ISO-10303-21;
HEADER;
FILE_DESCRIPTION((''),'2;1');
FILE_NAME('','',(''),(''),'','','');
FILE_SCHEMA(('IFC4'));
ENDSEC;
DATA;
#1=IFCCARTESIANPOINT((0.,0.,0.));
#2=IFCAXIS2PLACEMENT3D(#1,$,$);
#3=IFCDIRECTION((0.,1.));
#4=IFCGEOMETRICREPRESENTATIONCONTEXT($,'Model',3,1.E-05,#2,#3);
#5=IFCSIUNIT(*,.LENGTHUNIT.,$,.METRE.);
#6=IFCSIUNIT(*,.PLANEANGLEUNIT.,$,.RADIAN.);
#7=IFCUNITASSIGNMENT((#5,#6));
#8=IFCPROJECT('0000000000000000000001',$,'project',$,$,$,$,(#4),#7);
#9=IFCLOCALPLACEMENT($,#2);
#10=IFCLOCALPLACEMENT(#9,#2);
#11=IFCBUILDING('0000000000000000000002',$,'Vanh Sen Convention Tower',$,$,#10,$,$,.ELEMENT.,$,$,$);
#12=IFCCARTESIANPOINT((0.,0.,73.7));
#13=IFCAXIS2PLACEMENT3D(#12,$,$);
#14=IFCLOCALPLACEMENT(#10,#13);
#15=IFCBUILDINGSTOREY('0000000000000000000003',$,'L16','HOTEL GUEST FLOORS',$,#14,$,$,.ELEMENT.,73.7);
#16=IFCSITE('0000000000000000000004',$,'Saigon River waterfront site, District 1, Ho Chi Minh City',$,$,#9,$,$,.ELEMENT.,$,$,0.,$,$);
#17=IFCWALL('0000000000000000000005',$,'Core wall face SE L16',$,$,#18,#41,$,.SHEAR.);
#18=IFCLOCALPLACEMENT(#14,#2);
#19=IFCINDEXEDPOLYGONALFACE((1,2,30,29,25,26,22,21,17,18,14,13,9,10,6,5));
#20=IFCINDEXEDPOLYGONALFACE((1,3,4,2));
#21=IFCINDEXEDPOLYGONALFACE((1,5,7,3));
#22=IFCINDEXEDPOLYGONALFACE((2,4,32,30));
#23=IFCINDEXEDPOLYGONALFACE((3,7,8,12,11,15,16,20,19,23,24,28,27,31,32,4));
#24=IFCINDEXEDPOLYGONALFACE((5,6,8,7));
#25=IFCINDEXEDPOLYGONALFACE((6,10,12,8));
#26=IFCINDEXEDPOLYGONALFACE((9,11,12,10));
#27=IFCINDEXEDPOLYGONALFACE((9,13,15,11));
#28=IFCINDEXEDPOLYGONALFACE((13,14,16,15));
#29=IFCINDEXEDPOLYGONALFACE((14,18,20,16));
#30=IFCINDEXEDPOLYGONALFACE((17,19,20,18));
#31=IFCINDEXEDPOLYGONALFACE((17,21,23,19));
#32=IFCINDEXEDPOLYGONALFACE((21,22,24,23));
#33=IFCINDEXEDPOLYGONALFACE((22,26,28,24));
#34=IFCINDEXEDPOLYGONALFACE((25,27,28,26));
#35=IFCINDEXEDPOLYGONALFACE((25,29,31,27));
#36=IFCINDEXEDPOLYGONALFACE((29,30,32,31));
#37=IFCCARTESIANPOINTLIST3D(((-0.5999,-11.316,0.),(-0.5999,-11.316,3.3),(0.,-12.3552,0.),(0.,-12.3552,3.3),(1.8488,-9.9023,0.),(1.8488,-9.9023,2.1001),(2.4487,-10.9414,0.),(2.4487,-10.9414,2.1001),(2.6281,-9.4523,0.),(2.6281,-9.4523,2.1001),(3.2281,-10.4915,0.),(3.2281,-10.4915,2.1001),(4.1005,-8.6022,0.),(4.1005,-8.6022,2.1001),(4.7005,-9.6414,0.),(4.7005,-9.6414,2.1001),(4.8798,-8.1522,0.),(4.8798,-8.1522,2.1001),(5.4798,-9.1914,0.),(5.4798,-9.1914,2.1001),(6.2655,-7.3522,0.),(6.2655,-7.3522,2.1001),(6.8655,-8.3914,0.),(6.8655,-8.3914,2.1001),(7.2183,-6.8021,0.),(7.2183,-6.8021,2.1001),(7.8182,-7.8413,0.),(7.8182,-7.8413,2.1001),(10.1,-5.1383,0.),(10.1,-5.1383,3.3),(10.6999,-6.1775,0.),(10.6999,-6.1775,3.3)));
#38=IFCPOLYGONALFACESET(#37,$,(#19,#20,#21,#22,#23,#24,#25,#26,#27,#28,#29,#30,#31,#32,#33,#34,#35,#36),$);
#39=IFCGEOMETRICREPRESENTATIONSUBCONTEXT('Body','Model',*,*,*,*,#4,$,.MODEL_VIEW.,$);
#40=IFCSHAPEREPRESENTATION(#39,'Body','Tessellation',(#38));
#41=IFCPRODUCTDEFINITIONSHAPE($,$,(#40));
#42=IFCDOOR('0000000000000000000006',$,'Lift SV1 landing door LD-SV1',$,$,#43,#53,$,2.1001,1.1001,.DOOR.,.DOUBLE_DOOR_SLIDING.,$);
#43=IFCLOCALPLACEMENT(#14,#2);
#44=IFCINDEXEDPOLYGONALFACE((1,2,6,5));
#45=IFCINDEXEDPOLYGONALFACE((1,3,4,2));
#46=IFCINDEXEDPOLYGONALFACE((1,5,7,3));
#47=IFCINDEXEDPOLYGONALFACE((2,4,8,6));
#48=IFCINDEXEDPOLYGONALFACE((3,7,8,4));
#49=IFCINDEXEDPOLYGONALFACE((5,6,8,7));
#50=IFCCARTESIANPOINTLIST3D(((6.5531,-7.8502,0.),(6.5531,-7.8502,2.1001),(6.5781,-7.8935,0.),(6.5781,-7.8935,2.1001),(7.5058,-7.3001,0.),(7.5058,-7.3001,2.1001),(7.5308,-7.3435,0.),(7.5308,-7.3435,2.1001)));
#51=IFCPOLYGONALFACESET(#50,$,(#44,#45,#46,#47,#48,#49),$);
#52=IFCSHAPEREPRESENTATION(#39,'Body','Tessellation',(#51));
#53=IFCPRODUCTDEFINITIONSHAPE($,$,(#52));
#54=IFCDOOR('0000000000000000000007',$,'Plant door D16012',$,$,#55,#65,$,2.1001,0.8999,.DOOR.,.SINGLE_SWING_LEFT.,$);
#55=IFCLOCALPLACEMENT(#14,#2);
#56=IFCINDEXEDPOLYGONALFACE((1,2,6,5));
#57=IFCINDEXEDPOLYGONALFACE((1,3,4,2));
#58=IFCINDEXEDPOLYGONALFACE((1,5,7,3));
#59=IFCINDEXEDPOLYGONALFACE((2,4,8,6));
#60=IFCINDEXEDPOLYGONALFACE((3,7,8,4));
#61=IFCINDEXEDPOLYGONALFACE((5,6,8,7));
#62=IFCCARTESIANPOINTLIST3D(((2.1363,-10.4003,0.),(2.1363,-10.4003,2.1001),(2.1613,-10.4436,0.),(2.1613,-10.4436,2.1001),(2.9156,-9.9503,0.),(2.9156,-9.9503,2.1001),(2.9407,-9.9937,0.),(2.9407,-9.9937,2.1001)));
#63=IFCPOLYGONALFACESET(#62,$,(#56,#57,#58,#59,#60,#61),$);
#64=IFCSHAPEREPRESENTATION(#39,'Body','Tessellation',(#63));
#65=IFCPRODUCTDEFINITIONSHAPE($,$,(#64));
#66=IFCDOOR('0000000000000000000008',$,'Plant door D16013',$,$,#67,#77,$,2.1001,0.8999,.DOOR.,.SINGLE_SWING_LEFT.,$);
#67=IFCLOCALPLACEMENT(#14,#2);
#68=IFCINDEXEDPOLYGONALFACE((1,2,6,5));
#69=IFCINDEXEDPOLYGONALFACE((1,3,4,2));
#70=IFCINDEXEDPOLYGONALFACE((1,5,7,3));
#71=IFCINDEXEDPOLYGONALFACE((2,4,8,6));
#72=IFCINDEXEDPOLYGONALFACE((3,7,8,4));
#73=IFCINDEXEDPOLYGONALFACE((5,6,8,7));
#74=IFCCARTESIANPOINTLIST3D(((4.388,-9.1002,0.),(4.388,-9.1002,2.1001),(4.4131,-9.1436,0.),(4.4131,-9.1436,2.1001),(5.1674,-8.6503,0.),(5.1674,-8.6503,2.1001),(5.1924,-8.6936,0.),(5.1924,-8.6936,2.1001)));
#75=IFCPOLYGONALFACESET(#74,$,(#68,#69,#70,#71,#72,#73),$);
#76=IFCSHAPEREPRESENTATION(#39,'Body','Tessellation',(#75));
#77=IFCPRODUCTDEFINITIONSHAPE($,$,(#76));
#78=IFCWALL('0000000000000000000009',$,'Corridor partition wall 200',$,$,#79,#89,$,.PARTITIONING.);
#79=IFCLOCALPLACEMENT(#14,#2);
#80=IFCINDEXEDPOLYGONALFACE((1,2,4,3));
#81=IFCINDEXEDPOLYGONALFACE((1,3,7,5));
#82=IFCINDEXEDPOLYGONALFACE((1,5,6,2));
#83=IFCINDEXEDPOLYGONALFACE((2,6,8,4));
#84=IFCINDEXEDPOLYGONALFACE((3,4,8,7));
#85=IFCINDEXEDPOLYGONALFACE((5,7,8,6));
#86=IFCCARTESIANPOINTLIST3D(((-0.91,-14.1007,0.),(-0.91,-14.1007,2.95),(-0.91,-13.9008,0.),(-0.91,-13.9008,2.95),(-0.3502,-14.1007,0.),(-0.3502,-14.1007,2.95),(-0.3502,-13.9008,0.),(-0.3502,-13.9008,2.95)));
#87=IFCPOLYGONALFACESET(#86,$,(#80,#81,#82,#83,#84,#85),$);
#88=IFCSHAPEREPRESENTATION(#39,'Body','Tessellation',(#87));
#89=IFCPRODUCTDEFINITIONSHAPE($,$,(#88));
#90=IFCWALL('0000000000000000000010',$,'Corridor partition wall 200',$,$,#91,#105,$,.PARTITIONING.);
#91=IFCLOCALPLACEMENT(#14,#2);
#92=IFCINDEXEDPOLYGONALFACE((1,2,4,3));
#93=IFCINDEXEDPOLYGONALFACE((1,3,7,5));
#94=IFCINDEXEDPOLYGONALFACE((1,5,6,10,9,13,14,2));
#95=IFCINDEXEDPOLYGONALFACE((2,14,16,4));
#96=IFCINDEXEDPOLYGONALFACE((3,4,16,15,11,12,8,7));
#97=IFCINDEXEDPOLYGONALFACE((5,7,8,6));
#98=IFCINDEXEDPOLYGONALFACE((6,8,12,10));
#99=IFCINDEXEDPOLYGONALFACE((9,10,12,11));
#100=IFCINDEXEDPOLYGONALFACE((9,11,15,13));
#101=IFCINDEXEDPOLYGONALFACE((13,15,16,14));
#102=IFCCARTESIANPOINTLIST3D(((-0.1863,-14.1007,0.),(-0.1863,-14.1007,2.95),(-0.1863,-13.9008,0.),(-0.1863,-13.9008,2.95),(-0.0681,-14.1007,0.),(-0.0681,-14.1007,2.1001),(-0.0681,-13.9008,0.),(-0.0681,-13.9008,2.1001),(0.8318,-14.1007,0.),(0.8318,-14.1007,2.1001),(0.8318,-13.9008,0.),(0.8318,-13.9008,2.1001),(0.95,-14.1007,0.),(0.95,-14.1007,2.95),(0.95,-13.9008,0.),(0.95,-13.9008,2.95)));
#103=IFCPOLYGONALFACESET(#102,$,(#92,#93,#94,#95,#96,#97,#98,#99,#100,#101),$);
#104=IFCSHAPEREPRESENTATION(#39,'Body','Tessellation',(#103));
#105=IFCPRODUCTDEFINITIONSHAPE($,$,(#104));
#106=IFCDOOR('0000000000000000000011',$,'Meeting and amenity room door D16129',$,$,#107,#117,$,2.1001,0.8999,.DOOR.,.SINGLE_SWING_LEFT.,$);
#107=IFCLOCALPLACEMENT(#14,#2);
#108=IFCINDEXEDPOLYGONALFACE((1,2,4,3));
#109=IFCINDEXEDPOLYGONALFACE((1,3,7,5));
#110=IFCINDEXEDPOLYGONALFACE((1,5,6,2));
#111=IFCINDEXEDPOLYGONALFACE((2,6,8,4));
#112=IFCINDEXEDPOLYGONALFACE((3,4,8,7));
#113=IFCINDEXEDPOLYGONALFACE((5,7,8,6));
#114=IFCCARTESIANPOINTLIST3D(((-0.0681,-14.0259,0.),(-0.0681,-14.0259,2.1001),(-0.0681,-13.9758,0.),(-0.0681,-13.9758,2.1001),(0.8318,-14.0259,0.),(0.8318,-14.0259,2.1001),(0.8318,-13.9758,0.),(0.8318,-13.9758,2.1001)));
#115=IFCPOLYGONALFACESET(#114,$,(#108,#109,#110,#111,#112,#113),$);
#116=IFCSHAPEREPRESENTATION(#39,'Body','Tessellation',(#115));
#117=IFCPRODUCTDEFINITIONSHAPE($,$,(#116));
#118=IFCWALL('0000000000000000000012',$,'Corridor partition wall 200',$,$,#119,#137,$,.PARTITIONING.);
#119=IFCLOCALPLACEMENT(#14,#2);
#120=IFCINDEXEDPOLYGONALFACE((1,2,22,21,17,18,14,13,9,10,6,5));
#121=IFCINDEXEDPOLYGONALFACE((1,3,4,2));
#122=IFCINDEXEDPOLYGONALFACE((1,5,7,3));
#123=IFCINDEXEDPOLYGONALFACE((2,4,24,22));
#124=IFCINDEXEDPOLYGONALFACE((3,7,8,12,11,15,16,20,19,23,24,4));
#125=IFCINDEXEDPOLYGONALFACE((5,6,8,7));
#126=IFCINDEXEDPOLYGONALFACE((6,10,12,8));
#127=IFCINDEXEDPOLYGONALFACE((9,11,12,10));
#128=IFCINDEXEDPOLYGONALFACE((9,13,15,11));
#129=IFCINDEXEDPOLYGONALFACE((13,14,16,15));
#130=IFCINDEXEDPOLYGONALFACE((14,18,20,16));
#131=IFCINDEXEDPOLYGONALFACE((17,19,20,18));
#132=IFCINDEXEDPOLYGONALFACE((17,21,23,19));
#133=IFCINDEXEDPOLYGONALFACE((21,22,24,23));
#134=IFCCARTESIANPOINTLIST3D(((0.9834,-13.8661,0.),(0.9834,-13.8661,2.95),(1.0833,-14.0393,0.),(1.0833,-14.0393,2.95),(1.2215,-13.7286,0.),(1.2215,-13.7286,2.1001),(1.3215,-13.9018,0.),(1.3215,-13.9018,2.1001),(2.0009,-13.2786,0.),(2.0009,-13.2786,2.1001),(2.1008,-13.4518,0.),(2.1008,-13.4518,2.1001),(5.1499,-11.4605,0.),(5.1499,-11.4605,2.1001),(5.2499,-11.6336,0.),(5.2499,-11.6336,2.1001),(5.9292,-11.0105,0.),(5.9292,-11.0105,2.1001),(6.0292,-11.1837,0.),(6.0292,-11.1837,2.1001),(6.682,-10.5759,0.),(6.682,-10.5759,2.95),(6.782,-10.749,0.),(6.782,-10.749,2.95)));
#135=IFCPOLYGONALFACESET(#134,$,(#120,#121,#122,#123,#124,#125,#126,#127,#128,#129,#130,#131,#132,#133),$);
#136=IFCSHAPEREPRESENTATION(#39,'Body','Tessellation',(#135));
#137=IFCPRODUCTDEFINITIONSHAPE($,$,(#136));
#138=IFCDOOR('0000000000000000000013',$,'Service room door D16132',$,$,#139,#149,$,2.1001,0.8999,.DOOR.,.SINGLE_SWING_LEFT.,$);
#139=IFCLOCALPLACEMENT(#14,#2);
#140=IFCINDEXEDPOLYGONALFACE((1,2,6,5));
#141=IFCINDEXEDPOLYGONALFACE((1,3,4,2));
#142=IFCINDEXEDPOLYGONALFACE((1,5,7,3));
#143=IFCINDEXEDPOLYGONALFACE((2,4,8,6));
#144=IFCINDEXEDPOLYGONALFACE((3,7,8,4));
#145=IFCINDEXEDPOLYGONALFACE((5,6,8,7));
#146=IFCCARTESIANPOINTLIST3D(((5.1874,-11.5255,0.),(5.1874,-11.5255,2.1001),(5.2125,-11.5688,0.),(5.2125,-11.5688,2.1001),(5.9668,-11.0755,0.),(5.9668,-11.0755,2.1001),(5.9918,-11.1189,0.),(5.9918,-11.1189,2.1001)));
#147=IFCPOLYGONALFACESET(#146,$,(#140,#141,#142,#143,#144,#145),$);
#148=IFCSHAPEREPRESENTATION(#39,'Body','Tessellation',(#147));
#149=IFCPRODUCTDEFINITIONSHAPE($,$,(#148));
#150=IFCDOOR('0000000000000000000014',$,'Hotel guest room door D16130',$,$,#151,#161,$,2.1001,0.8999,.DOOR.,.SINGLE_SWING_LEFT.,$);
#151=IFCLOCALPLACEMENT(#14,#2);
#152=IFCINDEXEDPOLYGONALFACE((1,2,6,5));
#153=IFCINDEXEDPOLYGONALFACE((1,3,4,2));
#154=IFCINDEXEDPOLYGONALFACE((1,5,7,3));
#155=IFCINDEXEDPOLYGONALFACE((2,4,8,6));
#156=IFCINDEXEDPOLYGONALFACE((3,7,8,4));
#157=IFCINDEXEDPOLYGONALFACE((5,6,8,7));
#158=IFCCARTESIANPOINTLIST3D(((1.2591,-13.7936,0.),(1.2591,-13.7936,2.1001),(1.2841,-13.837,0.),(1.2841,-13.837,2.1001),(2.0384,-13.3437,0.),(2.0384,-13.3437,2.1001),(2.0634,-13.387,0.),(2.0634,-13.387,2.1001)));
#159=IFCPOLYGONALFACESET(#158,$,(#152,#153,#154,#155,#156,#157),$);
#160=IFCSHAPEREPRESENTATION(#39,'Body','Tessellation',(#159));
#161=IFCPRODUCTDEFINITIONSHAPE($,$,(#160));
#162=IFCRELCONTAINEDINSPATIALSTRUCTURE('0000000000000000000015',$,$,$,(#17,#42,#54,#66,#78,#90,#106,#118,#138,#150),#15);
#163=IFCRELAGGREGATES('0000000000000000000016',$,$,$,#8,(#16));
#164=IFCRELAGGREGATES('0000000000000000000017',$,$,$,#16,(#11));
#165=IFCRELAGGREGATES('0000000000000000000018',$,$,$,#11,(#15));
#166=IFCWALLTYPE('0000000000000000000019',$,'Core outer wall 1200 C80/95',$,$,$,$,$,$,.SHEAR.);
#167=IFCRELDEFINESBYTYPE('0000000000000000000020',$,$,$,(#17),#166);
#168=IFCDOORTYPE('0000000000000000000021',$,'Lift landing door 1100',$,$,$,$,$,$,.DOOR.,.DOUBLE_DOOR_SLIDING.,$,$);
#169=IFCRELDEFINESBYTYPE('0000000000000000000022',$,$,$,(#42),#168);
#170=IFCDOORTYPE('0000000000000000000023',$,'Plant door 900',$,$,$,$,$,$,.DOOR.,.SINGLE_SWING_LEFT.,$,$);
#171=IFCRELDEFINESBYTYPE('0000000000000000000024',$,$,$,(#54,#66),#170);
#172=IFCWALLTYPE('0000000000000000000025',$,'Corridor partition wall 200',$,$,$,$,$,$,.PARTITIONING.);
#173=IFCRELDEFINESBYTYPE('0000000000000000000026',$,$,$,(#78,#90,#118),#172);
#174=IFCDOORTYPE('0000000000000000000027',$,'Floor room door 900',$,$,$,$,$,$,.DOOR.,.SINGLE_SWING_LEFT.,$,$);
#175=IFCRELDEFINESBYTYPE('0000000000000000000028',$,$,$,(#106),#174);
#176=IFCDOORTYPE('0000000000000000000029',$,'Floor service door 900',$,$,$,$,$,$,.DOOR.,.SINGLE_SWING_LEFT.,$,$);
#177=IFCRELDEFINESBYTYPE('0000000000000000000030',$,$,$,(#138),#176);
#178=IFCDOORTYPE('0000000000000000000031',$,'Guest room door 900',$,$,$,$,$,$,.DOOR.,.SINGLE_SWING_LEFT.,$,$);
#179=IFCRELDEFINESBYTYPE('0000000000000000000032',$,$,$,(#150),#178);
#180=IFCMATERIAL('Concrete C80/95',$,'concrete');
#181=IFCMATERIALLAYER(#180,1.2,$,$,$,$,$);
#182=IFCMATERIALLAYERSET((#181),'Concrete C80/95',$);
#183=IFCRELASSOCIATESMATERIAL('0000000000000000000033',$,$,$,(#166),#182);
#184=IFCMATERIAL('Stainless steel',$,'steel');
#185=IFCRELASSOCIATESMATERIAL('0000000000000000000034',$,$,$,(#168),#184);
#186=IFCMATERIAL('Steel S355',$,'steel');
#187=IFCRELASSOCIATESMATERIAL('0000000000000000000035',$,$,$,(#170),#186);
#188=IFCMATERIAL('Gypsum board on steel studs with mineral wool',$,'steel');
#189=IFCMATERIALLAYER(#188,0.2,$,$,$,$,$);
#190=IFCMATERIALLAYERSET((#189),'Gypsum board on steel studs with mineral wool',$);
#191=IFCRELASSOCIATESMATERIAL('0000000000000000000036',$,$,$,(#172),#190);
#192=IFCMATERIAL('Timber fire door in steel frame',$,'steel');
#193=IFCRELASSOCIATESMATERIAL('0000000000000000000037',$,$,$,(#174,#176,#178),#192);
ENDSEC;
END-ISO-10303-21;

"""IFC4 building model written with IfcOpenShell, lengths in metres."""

from ifc_helpers import new_model, si_unit, direction, frame, frame_2d, origin, place, context, subcontext, project, spatial, rectangle, extrude, material, layer, layer_set, type_object, element, fill, save


model = new_model("IFC4")

# Units and contexts
model_context = context("Model", 3, precision=1e-05, world=origin(), true_north=direction((0.0, 1.0)))
body_context = subcontext(model_context, "Body", "Model", "MODEL_VIEW")
ifc_project = project(units=[si_unit("LENGTHUNIT", "METRE"), si_unit("PLANEANGLEUNIT", "RADIAN")], contexts=[model_context])

# Site, building, storey
site_placement = place(None, origin())
site = spatial("IfcSite", under=ifc_project, at=site_placement, Name="Saigon River waterfront site, District 1, Ho Chi Minh City", CompositionType="ELEMENT", RefElevation=0.0)
building_placement = place(site_placement, origin())
building = spatial("IfcBuilding", under=site, at=building_placement, Name="Vanh Sen Convention Tower", CompositionType="ELEMENT")
storey_placement = place(building_placement, frame((0.0, 0.0, 73.7)))
storey = spatial("IfcBuildingStorey", under=building, at=storey_placement, Name="L16", Description="HOTEL GUEST FLOORS", CompositionType="ELEMENT", Elevation=73.7)

# Shared definitions
ifc_material_1 = material(Name="Concrete C80/95", Category="concrete")

# Wall, openings, doors
ifc_layer_1 = layer(ifc_material_1, 1.2)
ifc_layer_set_1 = layer_set([ifc_layer_1], Name="Concrete C80/95")
wall_type_1 = type_object("IfcWallType", Name="Core outer wall 1200 C80/95", PredefinedType="SHEAR", material=ifc_layer_set_1)
wall_1_placement = place(storey_placement, frame((-0.3, -11.8357, 0.0), z_axis=(0.0, 0.0, 1.0), x_axis=(0.866021, 0.500007, 0.0)))
wall_1 = element("IfcWall", 1, at=wall_1_placement, inside=storey, type_object=wall_type_1, Name="Core wall face SE L16", PredefinedType="SHEAR", context=body_context, shape_type="SweptSolid", body=[
    extrude(rectangle(XDim=12.3552, YDim=1.2, at=frame_2d((6.1777, 0.0))), origin(), (0.0, 0.0, 1.0), 3.3),
])
opening_1_placement = place(wall_1_placement, frame((2.8276, 0.0, 0.0)))
opening_1 = element("IfcOpeningElement", 2, at=opening_1_placement, cuts=wall_1, PredefinedType="OPENING", context=body_context, shape_type="SweptSolid", body=[
    extrude(rectangle(XDim=0.8999, YDim=2.1001, at=frame_2d((0.45, 1.05))), frame((0.0, 0.6099, 0.0), z_axis=(0.0, -1.0, 0.0), x_axis=(1.0, 0.0, 0.0)), (0.0, 0.0, 1.0), 1.22),
])
opening_2_placement = place(wall_1_placement, frame((5.4277, 0.0, 0.0)))
opening_2 = element("IfcOpeningElement", 3, at=opening_2_placement, cuts=wall_1, PredefinedType="OPENING", context=body_context, shape_type="SweptSolid", body=[
    extrude(rectangle(XDim=0.8999, YDim=2.1001, at=frame_2d((0.45, 1.05))), frame((0.0, 0.6099, 0.0), z_axis=(0.0, -1.0, 0.0), x_axis=(1.0, 0.0, 0.0)), (0.0, 0.0, 1.0), 1.22),
])
opening_3_placement = place(wall_1_placement, frame((7.9277, 0.0, 0.0)))
opening_3 = element("IfcOpeningElement", 4, at=opening_3_placement, cuts=wall_1, PredefinedType="OPENING", context=body_context, shape_type="SweptSolid", body=[
    extrude(rectangle(XDim=1.1001, YDim=2.1001, at=frame_2d((0.55, 1.05))), frame((0.0, 0.6099, 0.0), z_axis=(0.0, -1.0, 0.0), x_axis=(1.0, 0.0, 0.0)), (0.0, 0.0, 1.0), 1.22),
])
ifc_material_2 = material(Name="Stainless steel", Category="steel")
door_type_1 = type_object("IfcDoorType", Name="Lift landing door 1100", OperationType="DOUBLE_DOOR_SLIDING", PredefinedType="DOOR", material=ifc_material_2)
door_1_placement = place(opening_3_placement, origin())
door_1 = element("IfcDoor", 5, at=door_1_placement, inside=storey, type_object=door_type_1, Name="Lift SV1 landing door LD-SV1", OperationType="DOUBLE_DOOR_SLIDING", OverallHeight=2.1001, OverallWidth=1.1001, PredefinedType="DOOR", context=body_context, shape_type="SweptSolid", body=[
    extrude(rectangle(XDim=1.1001, YDim=2.1001, at=frame_2d((0.55, 1.05))), frame((0.0, 0.0249, 0.0), z_axis=(0.0, -1.0, 0.0), x_axis=(1.0, 0.0, 0.0)), (0.0, 0.0, 1.0), 0.05),
])
fill(opening_3, door_1)
ifc_material_3 = material(Name="Steel S355", Category="steel")
door_type_2 = type_object("IfcDoorType", Name="Plant door 900", OperationType="SINGLE_SWING_LEFT", PredefinedType="DOOR", material=ifc_material_3)
door_2_placement = place(opening_1_placement, origin())
door_2 = element("IfcDoor", 6, at=door_2_placement, inside=storey, type_object=door_type_2, Name="Plant door D16012", OperationType="SINGLE_SWING_LEFT", OverallHeight=2.1001, OverallWidth=0.8999, PredefinedType="DOOR", context=body_context, shape_type="SweptSolid", body=[
    extrude(rectangle(XDim=0.8999, YDim=2.1001, at=frame_2d((0.45, 1.05))), frame((0.0, 0.0249, 0.0), z_axis=(0.0, -1.0, 0.0), x_axis=(1.0, 0.0, 0.0)), (0.0, 0.0, 1.0), 0.05),
])
fill(opening_1, door_2)
door_3_placement = place(opening_2_placement, origin())
door_3 = element("IfcDoor", 7, at=door_3_placement, inside=storey, type_object=door_type_2, Name="Plant door D16013", OperationType="SINGLE_SWING_LEFT", OverallHeight=2.1001, OverallWidth=0.8999, PredefinedType="DOOR", context=body_context, shape_type="SweptSolid", body=[
    extrude(rectangle(XDim=0.8999, YDim=2.1001, at=frame_2d((0.45, 1.05))), frame((0.0, 0.0249, 0.0), z_axis=(0.0, -1.0, 0.0), x_axis=(1.0, 0.0, 0.0)), (0.0, 0.0, 1.0), 0.05),
])
fill(opening_2, door_3)

# Wall
ifc_material_4 = material(Name="Gypsum board on steel studs with mineral wool", Category="steel")
ifc_layer_2 = layer(ifc_material_4, 0.2)
ifc_layer_set_2 = layer_set([ifc_layer_2], Name="Gypsum board on steel studs with mineral wool")
wall_type_2 = type_object("IfcWallType", Name="Corridor partition wall 200", PredefinedType="PARTITIONING", material=ifc_layer_set_2)
wall_2_placement = place(storey_placement, frame((-0.9099, -14.0007, 0.0), z_axis=(0.0, 0.0, 1.0), x_axis=(1.0, 0.0, 0.0)))
element("IfcWall", 8, at=wall_2_placement, inside=storey, type_object=wall_type_2, Name="Corridor partition wall 200", PredefinedType="PARTITIONING", context=body_context, shape_type="SweptSolid", body=[
    extrude(rectangle(XDim=0.5598, YDim=0.2, at=frame_2d((0.2798, 0.0))), origin(), (0.0, 0.0, 1.0), 2.95),
])

# Wall, opening, door
wall_3_placement = place(storey_placement, frame((-0.1863, -14.0007, 0.0), z_axis=(0.0, 0.0, 1.0), x_axis=(1.0, 0.0, 0.0)))
wall_3 = element("IfcWall", 9, at=wall_3_placement, inside=storey, type_object=wall_type_2, Name="Corridor partition wall 200", PredefinedType="PARTITIONING", context=body_context, shape_type="SweptSolid", body=[
    extrude(rectangle(XDim=1.1362, YDim=0.2, at=frame_2d((0.5681, 0.0))), origin(), (0.0, 0.0, 1.0), 2.95),
])
opening_4_placement = place(wall_3_placement, frame((0.1182, 0.0, 0.0)))
opening_4 = element("IfcOpeningElement", 10, at=opening_4_placement, cuts=wall_3, PredefinedType="OPENING", context=body_context, shape_type="SweptSolid", body=[
    extrude(rectangle(XDim=0.8999, YDim=2.1001, at=frame_2d((0.45, 1.05))), frame((0.0, 0.1099, 0.0), z_axis=(0.0, -1.0, 0.0), x_axis=(1.0, 0.0, 0.0)), (0.0, 0.0, 1.0), 0.22),
])
ifc_material_5 = material(Name="Timber fire door in steel frame", Category="steel")
door_type_3 = type_object("IfcDoorType", Name="Floor room door 900", OperationType="SINGLE_SWING_LEFT", PredefinedType="DOOR", material=ifc_material_5)
door_4_placement = place(opening_4_placement, origin())
door_4 = element("IfcDoor", 11, at=door_4_placement, inside=storey, type_object=door_type_3, Name="Meeting and amenity room door D16129", OperationType="SINGLE_SWING_LEFT", OverallHeight=2.1001, OverallWidth=0.8999, PredefinedType="DOOR", context=body_context, shape_type="SweptSolid", body=[
    extrude(rectangle(XDim=0.8999, YDim=2.1001, at=frame_2d((0.45, 1.05))), frame((0.0, 0.0249, 0.0), z_axis=(0.0, -1.0, 0.0), x_axis=(1.0, 0.0, 0.0)), (0.0, 0.0, 1.0), 0.05),
])
fill(opening_4, door_4)

# Wall, openings, doors
wall_4_placement = place(storey_placement, frame((1.0334, -13.9526, 0.0), z_axis=(0.0, 0.0, 1.0), x_axis=(0.866018, 0.500014, 0.0)))
wall_4 = element("IfcWall", 12, at=wall_4_placement, inside=storey, type_object=wall_type_2, Name="Corridor partition wall 200", PredefinedType="PARTITIONING", context=body_context, shape_type="SweptSolid", body=[
    extrude(rectangle(XDim=6.5803, YDim=0.2, at=frame_2d((3.29, 0.0))), origin(), (0.0, 0.0, 1.0), 2.95),
])
opening_5_placement = place(wall_4_placement, frame((0.2749, 0.0, 0.0)))
opening_5 = element("IfcOpeningElement", 13, at=opening_5_placement, cuts=wall_4, PredefinedType="OPENING", context=body_context, shape_type="SweptSolid", body=[
    extrude(rectangle(XDim=0.8999, YDim=2.1001, at=frame_2d((0.45, 1.05))), frame((0.0, 0.1099, 0.0), z_axis=(0.0, -1.0, 0.0), x_axis=(1.0, 0.0, 0.0)), (0.0, 0.0, 1.0), 0.22),
])
opening_6_placement = place(wall_4_placement, frame((4.811, 0.0, 0.0)))
opening_6 = element("IfcOpeningElement", 14, at=opening_6_placement, cuts=wall_4, PredefinedType="OPENING", context=body_context, shape_type="SweptSolid", body=[
    extrude(rectangle(XDim=0.8999, YDim=2.1001, at=frame_2d((0.45, 1.05))), frame((0.0, 0.1099, 0.0), z_axis=(0.0, -1.0, 0.0), x_axis=(1.0, 0.0, 0.0)), (0.0, 0.0, 1.0), 0.22),
])
door_type_4 = type_object("IfcDoorType", Name="Floor service door 900", OperationType="SINGLE_SWING_LEFT", PredefinedType="DOOR", material=ifc_material_5)
door_5_placement = place(opening_6_placement, origin())
door_5 = element("IfcDoor", 15, at=door_5_placement, inside=storey, type_object=door_type_4, Name="Service room door D16132", OperationType="SINGLE_SWING_LEFT", OverallHeight=2.1001, OverallWidth=0.8999, PredefinedType="DOOR", context=body_context, shape_type="SweptSolid", body=[
    extrude(rectangle(XDim=0.8999, YDim=2.1001, at=frame_2d((0.45, 1.05))), frame((0.0, 0.0249, 0.0), z_axis=(0.0, -1.0, 0.0), x_axis=(1.0, 0.0, 0.0)), (0.0, 0.0, 1.0), 0.05),
])
fill(opening_6, door_5)
door_type_5 = type_object("IfcDoorType", Name="Guest room door 900", OperationType="SINGLE_SWING_LEFT", PredefinedType="DOOR", material=ifc_material_5)
door_6_placement = place(opening_5_placement, origin())
door_6 = element("IfcDoor", 16, at=door_6_placement, inside=storey, type_object=door_type_5, Name="Hotel guest room door D16130", OperationType="SINGLE_SWING_LEFT", OverallHeight=2.1001, OverallWidth=0.8999, PredefinedType="DOOR", context=body_context, shape_type="SweptSolid", body=[
    extrude(rectangle(XDim=0.8999, YDim=2.1001, at=frame_2d((0.45, 1.05))), frame((0.0, 0.0249, 0.0), z_axis=(0.0, -1.0, 0.0), x_axis=(1.0, 0.0, 0.0)), (0.0, 0.0, 1.0), 0.05),
])
fill(opening_5, door_6)

save(model, "model.ifc")
